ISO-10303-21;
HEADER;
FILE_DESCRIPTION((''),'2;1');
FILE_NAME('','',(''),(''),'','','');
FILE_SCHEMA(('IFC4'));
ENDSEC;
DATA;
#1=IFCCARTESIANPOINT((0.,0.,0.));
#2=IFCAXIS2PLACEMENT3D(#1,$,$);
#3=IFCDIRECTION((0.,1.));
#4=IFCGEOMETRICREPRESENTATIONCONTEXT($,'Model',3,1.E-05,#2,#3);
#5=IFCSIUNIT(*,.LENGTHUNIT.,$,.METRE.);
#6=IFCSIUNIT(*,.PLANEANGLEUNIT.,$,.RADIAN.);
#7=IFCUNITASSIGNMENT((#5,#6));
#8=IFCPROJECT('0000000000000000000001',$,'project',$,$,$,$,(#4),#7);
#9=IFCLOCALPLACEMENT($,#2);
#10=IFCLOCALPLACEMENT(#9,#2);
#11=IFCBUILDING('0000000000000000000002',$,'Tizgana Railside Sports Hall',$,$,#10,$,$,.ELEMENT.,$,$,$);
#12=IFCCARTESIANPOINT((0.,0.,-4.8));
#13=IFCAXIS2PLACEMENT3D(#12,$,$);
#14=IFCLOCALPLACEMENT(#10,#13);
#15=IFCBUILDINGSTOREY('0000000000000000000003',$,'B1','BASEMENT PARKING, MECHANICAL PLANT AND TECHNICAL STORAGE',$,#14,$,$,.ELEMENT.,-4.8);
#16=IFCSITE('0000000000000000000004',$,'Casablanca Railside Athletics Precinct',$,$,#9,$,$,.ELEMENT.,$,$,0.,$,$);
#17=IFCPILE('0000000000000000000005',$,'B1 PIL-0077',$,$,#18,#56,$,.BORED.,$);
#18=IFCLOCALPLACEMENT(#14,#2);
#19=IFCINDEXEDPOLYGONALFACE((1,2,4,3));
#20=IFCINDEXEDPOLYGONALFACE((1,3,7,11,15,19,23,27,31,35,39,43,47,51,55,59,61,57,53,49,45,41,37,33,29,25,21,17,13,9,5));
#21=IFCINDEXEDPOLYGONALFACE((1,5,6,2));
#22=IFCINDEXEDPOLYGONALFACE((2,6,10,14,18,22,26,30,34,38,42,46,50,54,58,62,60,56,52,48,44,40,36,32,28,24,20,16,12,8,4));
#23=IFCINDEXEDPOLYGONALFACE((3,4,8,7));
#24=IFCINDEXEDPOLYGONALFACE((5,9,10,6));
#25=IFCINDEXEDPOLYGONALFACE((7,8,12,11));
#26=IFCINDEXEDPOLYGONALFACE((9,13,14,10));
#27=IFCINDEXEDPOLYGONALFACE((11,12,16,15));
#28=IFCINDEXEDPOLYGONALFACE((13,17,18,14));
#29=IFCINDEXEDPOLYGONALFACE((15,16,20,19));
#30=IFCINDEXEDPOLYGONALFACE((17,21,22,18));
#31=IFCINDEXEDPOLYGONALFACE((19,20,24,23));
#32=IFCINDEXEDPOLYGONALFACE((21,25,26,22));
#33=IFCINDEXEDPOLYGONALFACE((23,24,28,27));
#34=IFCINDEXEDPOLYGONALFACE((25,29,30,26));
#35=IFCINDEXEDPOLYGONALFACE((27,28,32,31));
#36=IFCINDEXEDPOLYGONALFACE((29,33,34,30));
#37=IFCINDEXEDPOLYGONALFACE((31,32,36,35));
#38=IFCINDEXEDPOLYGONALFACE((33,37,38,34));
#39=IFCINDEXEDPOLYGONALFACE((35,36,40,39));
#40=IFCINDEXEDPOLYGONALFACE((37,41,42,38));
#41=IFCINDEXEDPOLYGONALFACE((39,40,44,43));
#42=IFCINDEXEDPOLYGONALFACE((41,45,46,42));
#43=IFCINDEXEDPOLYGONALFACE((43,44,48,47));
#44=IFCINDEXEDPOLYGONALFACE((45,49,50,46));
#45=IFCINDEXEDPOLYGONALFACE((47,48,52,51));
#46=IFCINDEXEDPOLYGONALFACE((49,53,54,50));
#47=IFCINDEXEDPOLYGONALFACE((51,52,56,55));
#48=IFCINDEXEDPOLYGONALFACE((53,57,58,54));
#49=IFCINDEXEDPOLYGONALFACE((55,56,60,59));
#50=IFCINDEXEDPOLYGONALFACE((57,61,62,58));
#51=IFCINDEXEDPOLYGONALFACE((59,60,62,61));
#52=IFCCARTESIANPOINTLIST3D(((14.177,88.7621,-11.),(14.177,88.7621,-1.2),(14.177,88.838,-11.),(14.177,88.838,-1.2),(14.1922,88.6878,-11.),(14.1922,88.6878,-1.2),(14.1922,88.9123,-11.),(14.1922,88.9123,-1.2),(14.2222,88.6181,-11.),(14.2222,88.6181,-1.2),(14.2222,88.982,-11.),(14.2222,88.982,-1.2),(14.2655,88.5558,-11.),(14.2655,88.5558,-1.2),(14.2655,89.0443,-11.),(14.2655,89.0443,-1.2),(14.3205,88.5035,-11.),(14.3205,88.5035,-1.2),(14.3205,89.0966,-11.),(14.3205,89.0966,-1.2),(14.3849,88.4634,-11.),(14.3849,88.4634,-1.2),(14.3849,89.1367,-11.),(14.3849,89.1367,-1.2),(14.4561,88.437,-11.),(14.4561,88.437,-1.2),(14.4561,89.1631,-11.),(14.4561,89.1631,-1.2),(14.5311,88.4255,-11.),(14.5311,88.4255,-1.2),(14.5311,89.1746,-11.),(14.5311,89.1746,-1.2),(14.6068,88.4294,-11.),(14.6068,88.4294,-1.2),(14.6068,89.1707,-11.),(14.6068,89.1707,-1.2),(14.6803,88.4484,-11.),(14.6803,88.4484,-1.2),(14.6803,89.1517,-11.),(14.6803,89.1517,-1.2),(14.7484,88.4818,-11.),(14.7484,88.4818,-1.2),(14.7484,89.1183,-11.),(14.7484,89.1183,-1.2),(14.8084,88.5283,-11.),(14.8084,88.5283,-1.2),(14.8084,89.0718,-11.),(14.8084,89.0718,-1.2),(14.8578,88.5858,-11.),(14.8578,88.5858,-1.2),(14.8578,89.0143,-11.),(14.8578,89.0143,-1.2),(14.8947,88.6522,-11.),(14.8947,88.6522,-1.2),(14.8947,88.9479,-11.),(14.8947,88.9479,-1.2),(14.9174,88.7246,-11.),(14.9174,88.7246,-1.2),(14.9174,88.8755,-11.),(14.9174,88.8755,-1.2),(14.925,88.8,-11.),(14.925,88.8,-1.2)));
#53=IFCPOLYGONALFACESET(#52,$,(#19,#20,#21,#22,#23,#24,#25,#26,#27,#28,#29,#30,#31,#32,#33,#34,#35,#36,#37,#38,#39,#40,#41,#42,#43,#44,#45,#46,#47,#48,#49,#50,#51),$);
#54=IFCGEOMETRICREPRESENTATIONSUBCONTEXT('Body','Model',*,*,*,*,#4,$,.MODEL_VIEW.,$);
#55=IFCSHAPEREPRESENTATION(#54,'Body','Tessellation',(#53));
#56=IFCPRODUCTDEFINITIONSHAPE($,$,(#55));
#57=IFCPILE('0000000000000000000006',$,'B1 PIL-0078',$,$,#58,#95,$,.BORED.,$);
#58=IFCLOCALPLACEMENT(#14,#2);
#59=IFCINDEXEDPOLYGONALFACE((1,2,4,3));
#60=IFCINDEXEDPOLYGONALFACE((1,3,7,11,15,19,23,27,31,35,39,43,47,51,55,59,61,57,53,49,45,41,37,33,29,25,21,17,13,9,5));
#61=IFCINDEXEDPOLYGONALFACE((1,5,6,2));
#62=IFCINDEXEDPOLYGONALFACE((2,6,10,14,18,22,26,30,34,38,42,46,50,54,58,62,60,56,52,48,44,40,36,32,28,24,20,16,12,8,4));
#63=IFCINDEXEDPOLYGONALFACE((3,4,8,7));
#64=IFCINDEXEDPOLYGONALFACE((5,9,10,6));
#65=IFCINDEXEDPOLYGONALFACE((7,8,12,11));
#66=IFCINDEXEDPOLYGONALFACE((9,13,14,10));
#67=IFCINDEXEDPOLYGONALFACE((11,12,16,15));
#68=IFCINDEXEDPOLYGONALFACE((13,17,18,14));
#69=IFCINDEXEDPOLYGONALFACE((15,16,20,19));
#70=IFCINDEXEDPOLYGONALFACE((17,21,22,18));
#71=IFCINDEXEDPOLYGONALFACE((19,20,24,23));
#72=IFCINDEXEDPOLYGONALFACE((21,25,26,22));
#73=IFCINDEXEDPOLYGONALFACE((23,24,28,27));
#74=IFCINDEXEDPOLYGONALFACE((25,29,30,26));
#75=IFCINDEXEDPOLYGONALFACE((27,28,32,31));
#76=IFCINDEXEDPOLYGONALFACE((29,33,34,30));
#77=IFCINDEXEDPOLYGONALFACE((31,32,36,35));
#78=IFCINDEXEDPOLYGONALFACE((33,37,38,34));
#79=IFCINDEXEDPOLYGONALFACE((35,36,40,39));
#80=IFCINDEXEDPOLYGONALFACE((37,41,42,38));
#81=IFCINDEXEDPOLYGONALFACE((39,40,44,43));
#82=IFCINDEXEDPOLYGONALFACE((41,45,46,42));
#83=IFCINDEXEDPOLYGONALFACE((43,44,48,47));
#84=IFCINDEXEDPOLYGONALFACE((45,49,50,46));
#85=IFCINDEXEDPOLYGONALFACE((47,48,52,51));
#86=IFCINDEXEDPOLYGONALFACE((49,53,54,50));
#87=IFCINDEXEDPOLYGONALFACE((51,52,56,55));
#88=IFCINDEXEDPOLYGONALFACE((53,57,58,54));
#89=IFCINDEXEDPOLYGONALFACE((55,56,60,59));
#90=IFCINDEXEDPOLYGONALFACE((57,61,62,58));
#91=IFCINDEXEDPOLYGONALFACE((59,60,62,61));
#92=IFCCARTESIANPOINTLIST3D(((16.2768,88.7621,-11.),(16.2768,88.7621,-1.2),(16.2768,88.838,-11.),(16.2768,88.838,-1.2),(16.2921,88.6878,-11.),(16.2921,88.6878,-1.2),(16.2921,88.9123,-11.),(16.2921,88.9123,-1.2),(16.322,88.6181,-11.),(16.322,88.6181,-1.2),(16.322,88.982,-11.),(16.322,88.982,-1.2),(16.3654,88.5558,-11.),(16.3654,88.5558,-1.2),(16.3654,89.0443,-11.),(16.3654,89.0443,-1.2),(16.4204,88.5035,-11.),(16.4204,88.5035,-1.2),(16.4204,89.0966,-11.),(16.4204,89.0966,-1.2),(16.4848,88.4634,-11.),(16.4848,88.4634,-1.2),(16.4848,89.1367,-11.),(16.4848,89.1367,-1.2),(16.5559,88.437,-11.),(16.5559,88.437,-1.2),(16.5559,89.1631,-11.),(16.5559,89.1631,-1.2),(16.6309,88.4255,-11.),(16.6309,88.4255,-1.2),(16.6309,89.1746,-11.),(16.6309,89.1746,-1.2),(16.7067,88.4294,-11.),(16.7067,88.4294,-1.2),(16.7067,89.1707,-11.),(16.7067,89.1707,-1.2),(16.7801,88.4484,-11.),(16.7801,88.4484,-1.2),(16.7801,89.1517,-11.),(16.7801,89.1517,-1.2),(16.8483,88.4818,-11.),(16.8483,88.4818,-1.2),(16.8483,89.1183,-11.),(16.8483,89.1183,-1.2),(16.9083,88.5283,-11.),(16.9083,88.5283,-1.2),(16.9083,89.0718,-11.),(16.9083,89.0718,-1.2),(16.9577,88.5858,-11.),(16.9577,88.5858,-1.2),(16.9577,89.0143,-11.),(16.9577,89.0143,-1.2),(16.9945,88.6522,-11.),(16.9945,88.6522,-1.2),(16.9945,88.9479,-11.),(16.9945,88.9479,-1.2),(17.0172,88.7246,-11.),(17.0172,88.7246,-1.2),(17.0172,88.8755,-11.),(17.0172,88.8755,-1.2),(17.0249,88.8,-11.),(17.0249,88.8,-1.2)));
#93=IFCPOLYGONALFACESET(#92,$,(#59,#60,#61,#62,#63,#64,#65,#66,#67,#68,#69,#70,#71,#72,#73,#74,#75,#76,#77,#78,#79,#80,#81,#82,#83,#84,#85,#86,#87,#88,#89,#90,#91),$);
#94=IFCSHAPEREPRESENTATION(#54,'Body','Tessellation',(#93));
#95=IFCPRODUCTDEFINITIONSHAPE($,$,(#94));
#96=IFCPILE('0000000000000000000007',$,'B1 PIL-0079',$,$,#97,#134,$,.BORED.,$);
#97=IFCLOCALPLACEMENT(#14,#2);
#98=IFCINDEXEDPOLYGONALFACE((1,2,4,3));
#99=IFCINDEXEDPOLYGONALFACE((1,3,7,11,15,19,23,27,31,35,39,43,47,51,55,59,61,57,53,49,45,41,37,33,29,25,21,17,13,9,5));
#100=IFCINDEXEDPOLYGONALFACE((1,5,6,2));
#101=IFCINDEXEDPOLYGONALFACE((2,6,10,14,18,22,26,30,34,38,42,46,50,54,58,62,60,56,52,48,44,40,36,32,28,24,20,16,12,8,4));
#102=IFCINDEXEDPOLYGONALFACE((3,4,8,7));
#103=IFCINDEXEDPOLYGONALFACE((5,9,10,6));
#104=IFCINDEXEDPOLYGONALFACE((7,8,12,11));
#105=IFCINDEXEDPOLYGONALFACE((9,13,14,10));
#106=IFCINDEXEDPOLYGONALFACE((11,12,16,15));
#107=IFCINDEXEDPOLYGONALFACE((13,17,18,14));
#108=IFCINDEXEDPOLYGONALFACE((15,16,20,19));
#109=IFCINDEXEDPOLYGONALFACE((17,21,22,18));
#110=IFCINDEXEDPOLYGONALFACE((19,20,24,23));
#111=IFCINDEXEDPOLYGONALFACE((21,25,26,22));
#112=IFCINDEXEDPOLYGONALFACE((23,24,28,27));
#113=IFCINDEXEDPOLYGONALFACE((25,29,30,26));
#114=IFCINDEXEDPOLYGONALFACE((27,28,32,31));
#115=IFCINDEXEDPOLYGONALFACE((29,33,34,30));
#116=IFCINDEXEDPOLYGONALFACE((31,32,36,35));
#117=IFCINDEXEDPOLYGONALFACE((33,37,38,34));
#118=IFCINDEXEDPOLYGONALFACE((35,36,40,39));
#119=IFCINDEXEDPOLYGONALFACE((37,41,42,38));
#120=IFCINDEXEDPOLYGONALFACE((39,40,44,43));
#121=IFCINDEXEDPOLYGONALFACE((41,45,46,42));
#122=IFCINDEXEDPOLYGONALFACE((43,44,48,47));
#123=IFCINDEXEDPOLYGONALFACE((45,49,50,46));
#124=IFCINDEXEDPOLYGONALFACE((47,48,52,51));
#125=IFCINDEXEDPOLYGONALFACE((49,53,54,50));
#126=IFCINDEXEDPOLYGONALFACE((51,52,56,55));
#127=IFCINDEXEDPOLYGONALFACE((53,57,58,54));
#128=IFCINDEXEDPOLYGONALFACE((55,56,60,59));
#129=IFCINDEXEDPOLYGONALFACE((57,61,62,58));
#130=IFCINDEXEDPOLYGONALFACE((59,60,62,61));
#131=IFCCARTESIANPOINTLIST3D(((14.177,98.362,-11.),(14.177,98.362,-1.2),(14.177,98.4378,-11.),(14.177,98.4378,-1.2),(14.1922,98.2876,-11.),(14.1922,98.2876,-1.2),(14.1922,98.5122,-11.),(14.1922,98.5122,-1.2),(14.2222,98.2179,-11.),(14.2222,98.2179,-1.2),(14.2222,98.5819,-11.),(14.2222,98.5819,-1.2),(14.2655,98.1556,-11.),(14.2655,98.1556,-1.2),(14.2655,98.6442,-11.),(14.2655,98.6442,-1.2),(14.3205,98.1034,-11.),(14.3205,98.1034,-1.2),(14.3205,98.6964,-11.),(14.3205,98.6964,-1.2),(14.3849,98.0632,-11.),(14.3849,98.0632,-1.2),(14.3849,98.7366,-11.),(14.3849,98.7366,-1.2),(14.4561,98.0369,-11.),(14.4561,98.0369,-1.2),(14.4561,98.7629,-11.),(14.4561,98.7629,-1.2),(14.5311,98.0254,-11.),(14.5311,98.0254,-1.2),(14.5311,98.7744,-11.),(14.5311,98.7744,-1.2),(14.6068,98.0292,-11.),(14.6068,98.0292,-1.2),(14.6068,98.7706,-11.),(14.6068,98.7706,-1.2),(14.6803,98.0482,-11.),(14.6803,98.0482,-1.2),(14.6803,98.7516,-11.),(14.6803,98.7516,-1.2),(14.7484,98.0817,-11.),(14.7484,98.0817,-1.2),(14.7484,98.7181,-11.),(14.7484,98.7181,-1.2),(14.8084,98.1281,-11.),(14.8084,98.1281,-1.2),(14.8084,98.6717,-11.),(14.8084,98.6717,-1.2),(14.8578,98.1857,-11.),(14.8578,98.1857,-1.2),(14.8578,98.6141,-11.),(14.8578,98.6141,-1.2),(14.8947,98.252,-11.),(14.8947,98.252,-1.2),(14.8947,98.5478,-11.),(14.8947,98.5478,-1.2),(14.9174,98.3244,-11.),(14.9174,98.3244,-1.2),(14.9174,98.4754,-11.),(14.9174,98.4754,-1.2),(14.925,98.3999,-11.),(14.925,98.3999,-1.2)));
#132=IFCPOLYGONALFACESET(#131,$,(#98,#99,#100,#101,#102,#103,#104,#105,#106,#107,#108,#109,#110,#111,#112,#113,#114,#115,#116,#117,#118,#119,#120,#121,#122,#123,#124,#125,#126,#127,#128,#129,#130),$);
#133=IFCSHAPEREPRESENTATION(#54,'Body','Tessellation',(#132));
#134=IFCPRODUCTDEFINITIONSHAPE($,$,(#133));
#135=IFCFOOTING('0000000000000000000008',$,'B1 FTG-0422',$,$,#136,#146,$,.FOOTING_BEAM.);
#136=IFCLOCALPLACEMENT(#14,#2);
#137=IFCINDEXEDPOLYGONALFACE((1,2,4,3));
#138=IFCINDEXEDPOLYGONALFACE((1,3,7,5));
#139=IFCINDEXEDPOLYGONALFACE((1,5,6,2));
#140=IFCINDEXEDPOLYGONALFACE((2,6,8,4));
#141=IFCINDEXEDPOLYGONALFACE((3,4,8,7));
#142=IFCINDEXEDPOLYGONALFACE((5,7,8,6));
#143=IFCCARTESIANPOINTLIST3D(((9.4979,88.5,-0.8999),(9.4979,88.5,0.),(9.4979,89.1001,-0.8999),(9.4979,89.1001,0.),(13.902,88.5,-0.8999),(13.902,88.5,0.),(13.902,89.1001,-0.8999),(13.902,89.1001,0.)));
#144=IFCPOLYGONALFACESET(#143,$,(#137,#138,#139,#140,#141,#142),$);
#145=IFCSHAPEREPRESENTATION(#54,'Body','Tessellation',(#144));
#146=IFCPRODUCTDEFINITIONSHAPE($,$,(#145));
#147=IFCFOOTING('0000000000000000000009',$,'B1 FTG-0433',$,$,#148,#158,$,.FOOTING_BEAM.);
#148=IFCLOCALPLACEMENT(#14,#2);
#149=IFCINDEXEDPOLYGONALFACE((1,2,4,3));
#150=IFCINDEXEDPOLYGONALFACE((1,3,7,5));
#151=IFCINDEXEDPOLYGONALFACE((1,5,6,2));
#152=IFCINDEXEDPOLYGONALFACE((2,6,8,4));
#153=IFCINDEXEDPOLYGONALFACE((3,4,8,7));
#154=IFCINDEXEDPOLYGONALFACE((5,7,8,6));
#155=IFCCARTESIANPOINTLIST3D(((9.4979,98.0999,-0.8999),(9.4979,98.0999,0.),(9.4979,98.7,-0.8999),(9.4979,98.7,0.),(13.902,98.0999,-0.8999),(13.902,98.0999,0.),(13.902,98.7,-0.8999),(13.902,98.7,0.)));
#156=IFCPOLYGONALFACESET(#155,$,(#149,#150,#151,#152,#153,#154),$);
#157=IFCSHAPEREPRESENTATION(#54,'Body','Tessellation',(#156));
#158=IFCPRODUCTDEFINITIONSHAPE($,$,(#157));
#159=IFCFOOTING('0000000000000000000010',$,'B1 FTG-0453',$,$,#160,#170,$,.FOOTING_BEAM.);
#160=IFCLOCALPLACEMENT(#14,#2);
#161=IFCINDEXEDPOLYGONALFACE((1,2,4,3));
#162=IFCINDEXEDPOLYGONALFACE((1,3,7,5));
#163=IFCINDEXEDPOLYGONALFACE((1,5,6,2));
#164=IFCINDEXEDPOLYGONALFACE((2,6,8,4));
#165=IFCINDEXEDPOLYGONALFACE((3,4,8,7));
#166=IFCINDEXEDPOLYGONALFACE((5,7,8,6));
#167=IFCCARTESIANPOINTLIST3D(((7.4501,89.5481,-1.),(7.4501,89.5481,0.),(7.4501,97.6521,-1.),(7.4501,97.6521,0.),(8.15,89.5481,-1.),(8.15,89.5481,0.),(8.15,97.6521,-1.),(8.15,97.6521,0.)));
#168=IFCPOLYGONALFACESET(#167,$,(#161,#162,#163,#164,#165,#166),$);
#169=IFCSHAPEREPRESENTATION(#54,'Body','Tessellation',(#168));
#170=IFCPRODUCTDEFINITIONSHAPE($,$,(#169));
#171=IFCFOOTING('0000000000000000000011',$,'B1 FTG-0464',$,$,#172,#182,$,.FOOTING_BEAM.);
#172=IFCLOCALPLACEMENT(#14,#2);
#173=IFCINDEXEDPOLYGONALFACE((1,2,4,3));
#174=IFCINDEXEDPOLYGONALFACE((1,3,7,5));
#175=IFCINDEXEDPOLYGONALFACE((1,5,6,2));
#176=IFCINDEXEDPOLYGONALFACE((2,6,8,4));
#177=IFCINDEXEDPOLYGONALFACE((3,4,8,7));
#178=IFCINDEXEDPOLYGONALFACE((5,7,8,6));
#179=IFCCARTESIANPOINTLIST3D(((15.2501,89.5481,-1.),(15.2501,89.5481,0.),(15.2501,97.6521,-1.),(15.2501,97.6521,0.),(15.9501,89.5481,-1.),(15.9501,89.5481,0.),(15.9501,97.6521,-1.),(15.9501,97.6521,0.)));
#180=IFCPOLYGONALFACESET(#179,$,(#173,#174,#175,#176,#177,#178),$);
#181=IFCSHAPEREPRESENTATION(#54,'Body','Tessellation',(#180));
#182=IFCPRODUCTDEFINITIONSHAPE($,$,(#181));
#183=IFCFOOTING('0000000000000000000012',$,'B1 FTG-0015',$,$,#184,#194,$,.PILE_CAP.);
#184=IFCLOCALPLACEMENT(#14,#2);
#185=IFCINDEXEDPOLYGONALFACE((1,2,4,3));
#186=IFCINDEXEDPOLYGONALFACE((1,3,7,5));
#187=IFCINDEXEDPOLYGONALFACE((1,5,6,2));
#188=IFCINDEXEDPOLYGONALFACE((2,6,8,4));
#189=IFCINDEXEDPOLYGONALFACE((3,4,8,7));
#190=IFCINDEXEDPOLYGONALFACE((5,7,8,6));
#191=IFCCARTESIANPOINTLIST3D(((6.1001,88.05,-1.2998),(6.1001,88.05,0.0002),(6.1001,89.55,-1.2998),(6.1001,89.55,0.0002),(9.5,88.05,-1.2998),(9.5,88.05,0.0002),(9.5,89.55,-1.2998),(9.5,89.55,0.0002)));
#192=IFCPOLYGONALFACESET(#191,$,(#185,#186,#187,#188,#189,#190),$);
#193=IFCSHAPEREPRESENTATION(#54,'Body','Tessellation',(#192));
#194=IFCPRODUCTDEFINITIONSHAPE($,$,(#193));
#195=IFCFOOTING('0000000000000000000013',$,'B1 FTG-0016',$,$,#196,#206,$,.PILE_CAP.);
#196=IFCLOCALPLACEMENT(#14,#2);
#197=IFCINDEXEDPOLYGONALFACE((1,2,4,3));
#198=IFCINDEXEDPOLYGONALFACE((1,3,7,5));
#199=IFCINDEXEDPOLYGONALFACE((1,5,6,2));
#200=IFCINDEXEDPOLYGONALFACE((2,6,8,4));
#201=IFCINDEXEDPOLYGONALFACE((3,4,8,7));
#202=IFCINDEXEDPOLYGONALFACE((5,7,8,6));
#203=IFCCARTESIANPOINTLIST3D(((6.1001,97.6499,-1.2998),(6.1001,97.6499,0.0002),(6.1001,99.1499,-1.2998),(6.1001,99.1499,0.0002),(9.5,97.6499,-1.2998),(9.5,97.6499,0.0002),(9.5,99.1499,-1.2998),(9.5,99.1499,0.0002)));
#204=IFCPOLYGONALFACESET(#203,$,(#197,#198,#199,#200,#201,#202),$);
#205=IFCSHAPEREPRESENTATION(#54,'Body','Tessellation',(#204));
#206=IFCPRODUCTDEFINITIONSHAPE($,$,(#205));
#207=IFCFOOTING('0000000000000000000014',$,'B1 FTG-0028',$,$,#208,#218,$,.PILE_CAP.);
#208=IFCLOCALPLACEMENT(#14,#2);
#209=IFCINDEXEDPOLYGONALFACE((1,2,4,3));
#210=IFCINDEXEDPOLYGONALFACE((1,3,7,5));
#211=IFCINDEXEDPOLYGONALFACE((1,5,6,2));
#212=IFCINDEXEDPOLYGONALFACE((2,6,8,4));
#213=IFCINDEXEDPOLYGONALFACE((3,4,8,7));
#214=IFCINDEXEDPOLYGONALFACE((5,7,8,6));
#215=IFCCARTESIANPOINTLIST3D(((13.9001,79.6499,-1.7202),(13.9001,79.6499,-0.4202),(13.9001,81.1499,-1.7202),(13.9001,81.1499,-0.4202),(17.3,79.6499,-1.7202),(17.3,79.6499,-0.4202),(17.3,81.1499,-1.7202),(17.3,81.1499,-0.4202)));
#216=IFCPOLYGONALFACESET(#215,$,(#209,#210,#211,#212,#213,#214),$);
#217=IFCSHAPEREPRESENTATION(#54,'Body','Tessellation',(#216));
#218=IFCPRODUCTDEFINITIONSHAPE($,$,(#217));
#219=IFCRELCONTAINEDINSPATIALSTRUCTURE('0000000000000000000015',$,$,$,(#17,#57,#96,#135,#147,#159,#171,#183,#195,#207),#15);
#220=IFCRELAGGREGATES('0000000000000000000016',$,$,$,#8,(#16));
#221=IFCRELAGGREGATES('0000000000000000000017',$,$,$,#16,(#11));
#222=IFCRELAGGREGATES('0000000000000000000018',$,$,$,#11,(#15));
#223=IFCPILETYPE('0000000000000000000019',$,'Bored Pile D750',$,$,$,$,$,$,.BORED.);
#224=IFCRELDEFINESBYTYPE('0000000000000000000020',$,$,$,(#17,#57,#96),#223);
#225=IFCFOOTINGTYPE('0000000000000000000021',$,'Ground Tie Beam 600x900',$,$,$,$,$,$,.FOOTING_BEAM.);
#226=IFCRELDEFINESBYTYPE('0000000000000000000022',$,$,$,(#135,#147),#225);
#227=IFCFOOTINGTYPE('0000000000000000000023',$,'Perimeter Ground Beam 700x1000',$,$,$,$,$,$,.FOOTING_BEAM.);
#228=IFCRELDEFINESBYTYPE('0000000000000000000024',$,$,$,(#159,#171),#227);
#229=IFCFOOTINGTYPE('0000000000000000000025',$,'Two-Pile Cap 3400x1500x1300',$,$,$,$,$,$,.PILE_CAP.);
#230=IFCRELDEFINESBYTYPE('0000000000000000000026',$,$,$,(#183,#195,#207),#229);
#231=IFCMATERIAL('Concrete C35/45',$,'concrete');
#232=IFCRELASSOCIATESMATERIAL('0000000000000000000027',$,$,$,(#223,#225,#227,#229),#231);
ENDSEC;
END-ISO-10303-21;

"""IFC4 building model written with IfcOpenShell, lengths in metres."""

from ifc_helpers import new_model, si_unit, direction, frame, origin, origin_2d, place, context, subcontext, project, spatial, rectangle, circle, extrude, material, material_profile, profile_set, type_object, element, save


model = new_model("IFC4")

# Units and contexts
model_context = context("Model", 3, precision=1e-05, world=origin(), true_north=direction((0.0, 1.0)))
body_context = subcontext(model_context, "Body", "Model", "MODEL_VIEW")
ifc_project = project(units=[si_unit("LENGTHUNIT", "METRE"), si_unit("PLANEANGLEUNIT", "RADIAN")], contexts=[model_context])

# Site, building, storey
site_placement = place(None, origin())
site = spatial("IfcSite", under=ifc_project, at=site_placement, Name="Casablanca Railside Athletics Precinct", CompositionType="ELEMENT", RefElevation=0.0)
building_placement = place(site_placement, origin())
building = spatial("IfcBuilding", under=site, at=building_placement, Name="Tizgana Railside Sports Hall", CompositionType="ELEMENT")
storey_placement = place(building_placement, frame((0.0, 0.0, -4.8)))
storey = spatial("IfcBuildingStorey", under=building, at=storey_placement, Name="B1", Description="BASEMENT PARKING, MECHANICAL PLANT AND TECHNICAL STORAGE", CompositionType="ELEMENT", Elevation=-4.8)

# Piles
ifc_material_1 = material(Name="Concrete C35/45", Category="concrete")
ifc_material_profile_1 = material_profile(ifc_material_1, circle(Radius=0.375, at=origin_2d()), Name="PILE D750")
ifc_profile_set_1 = profile_set([ifc_material_profile_1], Name="Concrete C35/45")
pile_type = type_object("IfcPileType", Name="Bored Pile D750", PredefinedType="BORED", material=ifc_profile_set_1)
for number, where, z_axis, x_axis, name in (
    (1, (14.55, 88.8, -1.2), (0.0, 0.0, -1.0), (1.0, 0.0, 0.0), "B1 PIL-0077"),
    (2, (16.6499, 88.8, -1.2), (0.0, 0.0, -1.0), (1.0, 0.0, 0.0), "B1 PIL-0078"),
    (3, (14.55, 98.3999, -1.2), (0.0, 0.0, -1.0), (1.0, 0.0, 0.0), "B1 PIL-0079"),
):
    element("IfcPile", number, at=place(storey_placement, frame(where, z_axis=z_axis, x_axis=x_axis)), inside=storey, type_object=pile_type, Name=name, PredefinedType="BORED", context=body_context, shape_type="SweptSolid", body=[
        extrude(circle(Radius=0.375, at=origin_2d()), origin(), (0.0, 0.0, 1.0), 9.8),
    ])

# Footings
footing_type_1 = type_object("IfcFootingType", Name="Ground Tie Beam 600x900", PredefinedType="FOOTING_BEAM", material=ifc_material_1)
for number, where, z_axis, x_axis, name in (
    (4, (11.7, 88.8, -0.8999), (0.0, 0.0, 1.0), (1.0, 0.0, 0.0), "B1 FTG-0422"),
    (5, (11.7, 98.3999, -0.8999), (0.0, 0.0, 1.0), (1.0, 0.0, 0.0), "B1 FTG-0433"),
):
    element("IfcFooting", number, at=place(storey_placement, frame(where, z_axis=z_axis, x_axis=x_axis)), inside=storey, type_object=footing_type_1, Name=name, PredefinedType="FOOTING_BEAM", context=body_context, shape_type="SweptSolid", body=[
        extrude(rectangle(XDim=4.4041, YDim=0.6001, at=origin_2d()), origin(), (0.0, 0.0, 1.0), 0.8999),
    ])
footing_type_2 = type_object("IfcFootingType", Name="Perimeter Ground Beam 700x1000", PredefinedType="FOOTING_BEAM", material=ifc_material_1)
for number, where, z_axis, x_axis, name in (
    (6, (7.8, 93.6001, -1.0), (0.0, 0.0, 1.0), (0.0, 1.0, 0.0), "B1 FTG-0453"),
    (7, (15.6001, 93.6001, -1.0), (0.0, 0.0, 1.0), (0.0, 1.0, 0.0), "B1 FTG-0464"),
):
    element("IfcFooting", number, at=place(storey_placement, frame(where, z_axis=z_axis, x_axis=x_axis)), inside=storey, type_object=footing_type_2, Name=name, PredefinedType="FOOTING_BEAM", context=body_context, shape_type="SweptSolid", body=[
        extrude(rectangle(XDim=8.104, YDim=0.7, at=origin_2d()), origin(), (0.0, 0.0, 1.0), 1.0),
    ])
footing_type_3 = type_object("IfcFootingType", Name="Two-Pile Cap 3400x1500x1300", PredefinedType="PILE_CAP", material=ifc_material_1)
for number, where, z_axis, x_axis, name in (
    (8, (7.8, 88.8, -1.2998), (0.0, 0.0, 1.0), (1.0, 0.0, 0.0), "B1 FTG-0015"),
    (9, (7.8, 98.3999, -1.2998), (0.0, 0.0, 1.0), (1.0, 0.0, 0.0), "B1 FTG-0016"),
    (10, (15.6001, 80.3999, -1.7202), (0.0, 0.0, 1.0), (1.0, 0.0, 0.0), "B1 FTG-0028"),
):
    element("IfcFooting", number, at=place(storey_placement, frame(where, z_axis=z_axis, x_axis=x_axis)), inside=storey, type_object=footing_type_3, Name=name, PredefinedType="PILE_CAP", context=body_context, shape_type="SweptSolid", body=[
        extrude(rectangle(XDim=3.3999, YDim=1.5, at=origin_2d()), origin(), (0.0, 0.0, 1.0), 1.3),
    ])

save(model, "model.ifc")
